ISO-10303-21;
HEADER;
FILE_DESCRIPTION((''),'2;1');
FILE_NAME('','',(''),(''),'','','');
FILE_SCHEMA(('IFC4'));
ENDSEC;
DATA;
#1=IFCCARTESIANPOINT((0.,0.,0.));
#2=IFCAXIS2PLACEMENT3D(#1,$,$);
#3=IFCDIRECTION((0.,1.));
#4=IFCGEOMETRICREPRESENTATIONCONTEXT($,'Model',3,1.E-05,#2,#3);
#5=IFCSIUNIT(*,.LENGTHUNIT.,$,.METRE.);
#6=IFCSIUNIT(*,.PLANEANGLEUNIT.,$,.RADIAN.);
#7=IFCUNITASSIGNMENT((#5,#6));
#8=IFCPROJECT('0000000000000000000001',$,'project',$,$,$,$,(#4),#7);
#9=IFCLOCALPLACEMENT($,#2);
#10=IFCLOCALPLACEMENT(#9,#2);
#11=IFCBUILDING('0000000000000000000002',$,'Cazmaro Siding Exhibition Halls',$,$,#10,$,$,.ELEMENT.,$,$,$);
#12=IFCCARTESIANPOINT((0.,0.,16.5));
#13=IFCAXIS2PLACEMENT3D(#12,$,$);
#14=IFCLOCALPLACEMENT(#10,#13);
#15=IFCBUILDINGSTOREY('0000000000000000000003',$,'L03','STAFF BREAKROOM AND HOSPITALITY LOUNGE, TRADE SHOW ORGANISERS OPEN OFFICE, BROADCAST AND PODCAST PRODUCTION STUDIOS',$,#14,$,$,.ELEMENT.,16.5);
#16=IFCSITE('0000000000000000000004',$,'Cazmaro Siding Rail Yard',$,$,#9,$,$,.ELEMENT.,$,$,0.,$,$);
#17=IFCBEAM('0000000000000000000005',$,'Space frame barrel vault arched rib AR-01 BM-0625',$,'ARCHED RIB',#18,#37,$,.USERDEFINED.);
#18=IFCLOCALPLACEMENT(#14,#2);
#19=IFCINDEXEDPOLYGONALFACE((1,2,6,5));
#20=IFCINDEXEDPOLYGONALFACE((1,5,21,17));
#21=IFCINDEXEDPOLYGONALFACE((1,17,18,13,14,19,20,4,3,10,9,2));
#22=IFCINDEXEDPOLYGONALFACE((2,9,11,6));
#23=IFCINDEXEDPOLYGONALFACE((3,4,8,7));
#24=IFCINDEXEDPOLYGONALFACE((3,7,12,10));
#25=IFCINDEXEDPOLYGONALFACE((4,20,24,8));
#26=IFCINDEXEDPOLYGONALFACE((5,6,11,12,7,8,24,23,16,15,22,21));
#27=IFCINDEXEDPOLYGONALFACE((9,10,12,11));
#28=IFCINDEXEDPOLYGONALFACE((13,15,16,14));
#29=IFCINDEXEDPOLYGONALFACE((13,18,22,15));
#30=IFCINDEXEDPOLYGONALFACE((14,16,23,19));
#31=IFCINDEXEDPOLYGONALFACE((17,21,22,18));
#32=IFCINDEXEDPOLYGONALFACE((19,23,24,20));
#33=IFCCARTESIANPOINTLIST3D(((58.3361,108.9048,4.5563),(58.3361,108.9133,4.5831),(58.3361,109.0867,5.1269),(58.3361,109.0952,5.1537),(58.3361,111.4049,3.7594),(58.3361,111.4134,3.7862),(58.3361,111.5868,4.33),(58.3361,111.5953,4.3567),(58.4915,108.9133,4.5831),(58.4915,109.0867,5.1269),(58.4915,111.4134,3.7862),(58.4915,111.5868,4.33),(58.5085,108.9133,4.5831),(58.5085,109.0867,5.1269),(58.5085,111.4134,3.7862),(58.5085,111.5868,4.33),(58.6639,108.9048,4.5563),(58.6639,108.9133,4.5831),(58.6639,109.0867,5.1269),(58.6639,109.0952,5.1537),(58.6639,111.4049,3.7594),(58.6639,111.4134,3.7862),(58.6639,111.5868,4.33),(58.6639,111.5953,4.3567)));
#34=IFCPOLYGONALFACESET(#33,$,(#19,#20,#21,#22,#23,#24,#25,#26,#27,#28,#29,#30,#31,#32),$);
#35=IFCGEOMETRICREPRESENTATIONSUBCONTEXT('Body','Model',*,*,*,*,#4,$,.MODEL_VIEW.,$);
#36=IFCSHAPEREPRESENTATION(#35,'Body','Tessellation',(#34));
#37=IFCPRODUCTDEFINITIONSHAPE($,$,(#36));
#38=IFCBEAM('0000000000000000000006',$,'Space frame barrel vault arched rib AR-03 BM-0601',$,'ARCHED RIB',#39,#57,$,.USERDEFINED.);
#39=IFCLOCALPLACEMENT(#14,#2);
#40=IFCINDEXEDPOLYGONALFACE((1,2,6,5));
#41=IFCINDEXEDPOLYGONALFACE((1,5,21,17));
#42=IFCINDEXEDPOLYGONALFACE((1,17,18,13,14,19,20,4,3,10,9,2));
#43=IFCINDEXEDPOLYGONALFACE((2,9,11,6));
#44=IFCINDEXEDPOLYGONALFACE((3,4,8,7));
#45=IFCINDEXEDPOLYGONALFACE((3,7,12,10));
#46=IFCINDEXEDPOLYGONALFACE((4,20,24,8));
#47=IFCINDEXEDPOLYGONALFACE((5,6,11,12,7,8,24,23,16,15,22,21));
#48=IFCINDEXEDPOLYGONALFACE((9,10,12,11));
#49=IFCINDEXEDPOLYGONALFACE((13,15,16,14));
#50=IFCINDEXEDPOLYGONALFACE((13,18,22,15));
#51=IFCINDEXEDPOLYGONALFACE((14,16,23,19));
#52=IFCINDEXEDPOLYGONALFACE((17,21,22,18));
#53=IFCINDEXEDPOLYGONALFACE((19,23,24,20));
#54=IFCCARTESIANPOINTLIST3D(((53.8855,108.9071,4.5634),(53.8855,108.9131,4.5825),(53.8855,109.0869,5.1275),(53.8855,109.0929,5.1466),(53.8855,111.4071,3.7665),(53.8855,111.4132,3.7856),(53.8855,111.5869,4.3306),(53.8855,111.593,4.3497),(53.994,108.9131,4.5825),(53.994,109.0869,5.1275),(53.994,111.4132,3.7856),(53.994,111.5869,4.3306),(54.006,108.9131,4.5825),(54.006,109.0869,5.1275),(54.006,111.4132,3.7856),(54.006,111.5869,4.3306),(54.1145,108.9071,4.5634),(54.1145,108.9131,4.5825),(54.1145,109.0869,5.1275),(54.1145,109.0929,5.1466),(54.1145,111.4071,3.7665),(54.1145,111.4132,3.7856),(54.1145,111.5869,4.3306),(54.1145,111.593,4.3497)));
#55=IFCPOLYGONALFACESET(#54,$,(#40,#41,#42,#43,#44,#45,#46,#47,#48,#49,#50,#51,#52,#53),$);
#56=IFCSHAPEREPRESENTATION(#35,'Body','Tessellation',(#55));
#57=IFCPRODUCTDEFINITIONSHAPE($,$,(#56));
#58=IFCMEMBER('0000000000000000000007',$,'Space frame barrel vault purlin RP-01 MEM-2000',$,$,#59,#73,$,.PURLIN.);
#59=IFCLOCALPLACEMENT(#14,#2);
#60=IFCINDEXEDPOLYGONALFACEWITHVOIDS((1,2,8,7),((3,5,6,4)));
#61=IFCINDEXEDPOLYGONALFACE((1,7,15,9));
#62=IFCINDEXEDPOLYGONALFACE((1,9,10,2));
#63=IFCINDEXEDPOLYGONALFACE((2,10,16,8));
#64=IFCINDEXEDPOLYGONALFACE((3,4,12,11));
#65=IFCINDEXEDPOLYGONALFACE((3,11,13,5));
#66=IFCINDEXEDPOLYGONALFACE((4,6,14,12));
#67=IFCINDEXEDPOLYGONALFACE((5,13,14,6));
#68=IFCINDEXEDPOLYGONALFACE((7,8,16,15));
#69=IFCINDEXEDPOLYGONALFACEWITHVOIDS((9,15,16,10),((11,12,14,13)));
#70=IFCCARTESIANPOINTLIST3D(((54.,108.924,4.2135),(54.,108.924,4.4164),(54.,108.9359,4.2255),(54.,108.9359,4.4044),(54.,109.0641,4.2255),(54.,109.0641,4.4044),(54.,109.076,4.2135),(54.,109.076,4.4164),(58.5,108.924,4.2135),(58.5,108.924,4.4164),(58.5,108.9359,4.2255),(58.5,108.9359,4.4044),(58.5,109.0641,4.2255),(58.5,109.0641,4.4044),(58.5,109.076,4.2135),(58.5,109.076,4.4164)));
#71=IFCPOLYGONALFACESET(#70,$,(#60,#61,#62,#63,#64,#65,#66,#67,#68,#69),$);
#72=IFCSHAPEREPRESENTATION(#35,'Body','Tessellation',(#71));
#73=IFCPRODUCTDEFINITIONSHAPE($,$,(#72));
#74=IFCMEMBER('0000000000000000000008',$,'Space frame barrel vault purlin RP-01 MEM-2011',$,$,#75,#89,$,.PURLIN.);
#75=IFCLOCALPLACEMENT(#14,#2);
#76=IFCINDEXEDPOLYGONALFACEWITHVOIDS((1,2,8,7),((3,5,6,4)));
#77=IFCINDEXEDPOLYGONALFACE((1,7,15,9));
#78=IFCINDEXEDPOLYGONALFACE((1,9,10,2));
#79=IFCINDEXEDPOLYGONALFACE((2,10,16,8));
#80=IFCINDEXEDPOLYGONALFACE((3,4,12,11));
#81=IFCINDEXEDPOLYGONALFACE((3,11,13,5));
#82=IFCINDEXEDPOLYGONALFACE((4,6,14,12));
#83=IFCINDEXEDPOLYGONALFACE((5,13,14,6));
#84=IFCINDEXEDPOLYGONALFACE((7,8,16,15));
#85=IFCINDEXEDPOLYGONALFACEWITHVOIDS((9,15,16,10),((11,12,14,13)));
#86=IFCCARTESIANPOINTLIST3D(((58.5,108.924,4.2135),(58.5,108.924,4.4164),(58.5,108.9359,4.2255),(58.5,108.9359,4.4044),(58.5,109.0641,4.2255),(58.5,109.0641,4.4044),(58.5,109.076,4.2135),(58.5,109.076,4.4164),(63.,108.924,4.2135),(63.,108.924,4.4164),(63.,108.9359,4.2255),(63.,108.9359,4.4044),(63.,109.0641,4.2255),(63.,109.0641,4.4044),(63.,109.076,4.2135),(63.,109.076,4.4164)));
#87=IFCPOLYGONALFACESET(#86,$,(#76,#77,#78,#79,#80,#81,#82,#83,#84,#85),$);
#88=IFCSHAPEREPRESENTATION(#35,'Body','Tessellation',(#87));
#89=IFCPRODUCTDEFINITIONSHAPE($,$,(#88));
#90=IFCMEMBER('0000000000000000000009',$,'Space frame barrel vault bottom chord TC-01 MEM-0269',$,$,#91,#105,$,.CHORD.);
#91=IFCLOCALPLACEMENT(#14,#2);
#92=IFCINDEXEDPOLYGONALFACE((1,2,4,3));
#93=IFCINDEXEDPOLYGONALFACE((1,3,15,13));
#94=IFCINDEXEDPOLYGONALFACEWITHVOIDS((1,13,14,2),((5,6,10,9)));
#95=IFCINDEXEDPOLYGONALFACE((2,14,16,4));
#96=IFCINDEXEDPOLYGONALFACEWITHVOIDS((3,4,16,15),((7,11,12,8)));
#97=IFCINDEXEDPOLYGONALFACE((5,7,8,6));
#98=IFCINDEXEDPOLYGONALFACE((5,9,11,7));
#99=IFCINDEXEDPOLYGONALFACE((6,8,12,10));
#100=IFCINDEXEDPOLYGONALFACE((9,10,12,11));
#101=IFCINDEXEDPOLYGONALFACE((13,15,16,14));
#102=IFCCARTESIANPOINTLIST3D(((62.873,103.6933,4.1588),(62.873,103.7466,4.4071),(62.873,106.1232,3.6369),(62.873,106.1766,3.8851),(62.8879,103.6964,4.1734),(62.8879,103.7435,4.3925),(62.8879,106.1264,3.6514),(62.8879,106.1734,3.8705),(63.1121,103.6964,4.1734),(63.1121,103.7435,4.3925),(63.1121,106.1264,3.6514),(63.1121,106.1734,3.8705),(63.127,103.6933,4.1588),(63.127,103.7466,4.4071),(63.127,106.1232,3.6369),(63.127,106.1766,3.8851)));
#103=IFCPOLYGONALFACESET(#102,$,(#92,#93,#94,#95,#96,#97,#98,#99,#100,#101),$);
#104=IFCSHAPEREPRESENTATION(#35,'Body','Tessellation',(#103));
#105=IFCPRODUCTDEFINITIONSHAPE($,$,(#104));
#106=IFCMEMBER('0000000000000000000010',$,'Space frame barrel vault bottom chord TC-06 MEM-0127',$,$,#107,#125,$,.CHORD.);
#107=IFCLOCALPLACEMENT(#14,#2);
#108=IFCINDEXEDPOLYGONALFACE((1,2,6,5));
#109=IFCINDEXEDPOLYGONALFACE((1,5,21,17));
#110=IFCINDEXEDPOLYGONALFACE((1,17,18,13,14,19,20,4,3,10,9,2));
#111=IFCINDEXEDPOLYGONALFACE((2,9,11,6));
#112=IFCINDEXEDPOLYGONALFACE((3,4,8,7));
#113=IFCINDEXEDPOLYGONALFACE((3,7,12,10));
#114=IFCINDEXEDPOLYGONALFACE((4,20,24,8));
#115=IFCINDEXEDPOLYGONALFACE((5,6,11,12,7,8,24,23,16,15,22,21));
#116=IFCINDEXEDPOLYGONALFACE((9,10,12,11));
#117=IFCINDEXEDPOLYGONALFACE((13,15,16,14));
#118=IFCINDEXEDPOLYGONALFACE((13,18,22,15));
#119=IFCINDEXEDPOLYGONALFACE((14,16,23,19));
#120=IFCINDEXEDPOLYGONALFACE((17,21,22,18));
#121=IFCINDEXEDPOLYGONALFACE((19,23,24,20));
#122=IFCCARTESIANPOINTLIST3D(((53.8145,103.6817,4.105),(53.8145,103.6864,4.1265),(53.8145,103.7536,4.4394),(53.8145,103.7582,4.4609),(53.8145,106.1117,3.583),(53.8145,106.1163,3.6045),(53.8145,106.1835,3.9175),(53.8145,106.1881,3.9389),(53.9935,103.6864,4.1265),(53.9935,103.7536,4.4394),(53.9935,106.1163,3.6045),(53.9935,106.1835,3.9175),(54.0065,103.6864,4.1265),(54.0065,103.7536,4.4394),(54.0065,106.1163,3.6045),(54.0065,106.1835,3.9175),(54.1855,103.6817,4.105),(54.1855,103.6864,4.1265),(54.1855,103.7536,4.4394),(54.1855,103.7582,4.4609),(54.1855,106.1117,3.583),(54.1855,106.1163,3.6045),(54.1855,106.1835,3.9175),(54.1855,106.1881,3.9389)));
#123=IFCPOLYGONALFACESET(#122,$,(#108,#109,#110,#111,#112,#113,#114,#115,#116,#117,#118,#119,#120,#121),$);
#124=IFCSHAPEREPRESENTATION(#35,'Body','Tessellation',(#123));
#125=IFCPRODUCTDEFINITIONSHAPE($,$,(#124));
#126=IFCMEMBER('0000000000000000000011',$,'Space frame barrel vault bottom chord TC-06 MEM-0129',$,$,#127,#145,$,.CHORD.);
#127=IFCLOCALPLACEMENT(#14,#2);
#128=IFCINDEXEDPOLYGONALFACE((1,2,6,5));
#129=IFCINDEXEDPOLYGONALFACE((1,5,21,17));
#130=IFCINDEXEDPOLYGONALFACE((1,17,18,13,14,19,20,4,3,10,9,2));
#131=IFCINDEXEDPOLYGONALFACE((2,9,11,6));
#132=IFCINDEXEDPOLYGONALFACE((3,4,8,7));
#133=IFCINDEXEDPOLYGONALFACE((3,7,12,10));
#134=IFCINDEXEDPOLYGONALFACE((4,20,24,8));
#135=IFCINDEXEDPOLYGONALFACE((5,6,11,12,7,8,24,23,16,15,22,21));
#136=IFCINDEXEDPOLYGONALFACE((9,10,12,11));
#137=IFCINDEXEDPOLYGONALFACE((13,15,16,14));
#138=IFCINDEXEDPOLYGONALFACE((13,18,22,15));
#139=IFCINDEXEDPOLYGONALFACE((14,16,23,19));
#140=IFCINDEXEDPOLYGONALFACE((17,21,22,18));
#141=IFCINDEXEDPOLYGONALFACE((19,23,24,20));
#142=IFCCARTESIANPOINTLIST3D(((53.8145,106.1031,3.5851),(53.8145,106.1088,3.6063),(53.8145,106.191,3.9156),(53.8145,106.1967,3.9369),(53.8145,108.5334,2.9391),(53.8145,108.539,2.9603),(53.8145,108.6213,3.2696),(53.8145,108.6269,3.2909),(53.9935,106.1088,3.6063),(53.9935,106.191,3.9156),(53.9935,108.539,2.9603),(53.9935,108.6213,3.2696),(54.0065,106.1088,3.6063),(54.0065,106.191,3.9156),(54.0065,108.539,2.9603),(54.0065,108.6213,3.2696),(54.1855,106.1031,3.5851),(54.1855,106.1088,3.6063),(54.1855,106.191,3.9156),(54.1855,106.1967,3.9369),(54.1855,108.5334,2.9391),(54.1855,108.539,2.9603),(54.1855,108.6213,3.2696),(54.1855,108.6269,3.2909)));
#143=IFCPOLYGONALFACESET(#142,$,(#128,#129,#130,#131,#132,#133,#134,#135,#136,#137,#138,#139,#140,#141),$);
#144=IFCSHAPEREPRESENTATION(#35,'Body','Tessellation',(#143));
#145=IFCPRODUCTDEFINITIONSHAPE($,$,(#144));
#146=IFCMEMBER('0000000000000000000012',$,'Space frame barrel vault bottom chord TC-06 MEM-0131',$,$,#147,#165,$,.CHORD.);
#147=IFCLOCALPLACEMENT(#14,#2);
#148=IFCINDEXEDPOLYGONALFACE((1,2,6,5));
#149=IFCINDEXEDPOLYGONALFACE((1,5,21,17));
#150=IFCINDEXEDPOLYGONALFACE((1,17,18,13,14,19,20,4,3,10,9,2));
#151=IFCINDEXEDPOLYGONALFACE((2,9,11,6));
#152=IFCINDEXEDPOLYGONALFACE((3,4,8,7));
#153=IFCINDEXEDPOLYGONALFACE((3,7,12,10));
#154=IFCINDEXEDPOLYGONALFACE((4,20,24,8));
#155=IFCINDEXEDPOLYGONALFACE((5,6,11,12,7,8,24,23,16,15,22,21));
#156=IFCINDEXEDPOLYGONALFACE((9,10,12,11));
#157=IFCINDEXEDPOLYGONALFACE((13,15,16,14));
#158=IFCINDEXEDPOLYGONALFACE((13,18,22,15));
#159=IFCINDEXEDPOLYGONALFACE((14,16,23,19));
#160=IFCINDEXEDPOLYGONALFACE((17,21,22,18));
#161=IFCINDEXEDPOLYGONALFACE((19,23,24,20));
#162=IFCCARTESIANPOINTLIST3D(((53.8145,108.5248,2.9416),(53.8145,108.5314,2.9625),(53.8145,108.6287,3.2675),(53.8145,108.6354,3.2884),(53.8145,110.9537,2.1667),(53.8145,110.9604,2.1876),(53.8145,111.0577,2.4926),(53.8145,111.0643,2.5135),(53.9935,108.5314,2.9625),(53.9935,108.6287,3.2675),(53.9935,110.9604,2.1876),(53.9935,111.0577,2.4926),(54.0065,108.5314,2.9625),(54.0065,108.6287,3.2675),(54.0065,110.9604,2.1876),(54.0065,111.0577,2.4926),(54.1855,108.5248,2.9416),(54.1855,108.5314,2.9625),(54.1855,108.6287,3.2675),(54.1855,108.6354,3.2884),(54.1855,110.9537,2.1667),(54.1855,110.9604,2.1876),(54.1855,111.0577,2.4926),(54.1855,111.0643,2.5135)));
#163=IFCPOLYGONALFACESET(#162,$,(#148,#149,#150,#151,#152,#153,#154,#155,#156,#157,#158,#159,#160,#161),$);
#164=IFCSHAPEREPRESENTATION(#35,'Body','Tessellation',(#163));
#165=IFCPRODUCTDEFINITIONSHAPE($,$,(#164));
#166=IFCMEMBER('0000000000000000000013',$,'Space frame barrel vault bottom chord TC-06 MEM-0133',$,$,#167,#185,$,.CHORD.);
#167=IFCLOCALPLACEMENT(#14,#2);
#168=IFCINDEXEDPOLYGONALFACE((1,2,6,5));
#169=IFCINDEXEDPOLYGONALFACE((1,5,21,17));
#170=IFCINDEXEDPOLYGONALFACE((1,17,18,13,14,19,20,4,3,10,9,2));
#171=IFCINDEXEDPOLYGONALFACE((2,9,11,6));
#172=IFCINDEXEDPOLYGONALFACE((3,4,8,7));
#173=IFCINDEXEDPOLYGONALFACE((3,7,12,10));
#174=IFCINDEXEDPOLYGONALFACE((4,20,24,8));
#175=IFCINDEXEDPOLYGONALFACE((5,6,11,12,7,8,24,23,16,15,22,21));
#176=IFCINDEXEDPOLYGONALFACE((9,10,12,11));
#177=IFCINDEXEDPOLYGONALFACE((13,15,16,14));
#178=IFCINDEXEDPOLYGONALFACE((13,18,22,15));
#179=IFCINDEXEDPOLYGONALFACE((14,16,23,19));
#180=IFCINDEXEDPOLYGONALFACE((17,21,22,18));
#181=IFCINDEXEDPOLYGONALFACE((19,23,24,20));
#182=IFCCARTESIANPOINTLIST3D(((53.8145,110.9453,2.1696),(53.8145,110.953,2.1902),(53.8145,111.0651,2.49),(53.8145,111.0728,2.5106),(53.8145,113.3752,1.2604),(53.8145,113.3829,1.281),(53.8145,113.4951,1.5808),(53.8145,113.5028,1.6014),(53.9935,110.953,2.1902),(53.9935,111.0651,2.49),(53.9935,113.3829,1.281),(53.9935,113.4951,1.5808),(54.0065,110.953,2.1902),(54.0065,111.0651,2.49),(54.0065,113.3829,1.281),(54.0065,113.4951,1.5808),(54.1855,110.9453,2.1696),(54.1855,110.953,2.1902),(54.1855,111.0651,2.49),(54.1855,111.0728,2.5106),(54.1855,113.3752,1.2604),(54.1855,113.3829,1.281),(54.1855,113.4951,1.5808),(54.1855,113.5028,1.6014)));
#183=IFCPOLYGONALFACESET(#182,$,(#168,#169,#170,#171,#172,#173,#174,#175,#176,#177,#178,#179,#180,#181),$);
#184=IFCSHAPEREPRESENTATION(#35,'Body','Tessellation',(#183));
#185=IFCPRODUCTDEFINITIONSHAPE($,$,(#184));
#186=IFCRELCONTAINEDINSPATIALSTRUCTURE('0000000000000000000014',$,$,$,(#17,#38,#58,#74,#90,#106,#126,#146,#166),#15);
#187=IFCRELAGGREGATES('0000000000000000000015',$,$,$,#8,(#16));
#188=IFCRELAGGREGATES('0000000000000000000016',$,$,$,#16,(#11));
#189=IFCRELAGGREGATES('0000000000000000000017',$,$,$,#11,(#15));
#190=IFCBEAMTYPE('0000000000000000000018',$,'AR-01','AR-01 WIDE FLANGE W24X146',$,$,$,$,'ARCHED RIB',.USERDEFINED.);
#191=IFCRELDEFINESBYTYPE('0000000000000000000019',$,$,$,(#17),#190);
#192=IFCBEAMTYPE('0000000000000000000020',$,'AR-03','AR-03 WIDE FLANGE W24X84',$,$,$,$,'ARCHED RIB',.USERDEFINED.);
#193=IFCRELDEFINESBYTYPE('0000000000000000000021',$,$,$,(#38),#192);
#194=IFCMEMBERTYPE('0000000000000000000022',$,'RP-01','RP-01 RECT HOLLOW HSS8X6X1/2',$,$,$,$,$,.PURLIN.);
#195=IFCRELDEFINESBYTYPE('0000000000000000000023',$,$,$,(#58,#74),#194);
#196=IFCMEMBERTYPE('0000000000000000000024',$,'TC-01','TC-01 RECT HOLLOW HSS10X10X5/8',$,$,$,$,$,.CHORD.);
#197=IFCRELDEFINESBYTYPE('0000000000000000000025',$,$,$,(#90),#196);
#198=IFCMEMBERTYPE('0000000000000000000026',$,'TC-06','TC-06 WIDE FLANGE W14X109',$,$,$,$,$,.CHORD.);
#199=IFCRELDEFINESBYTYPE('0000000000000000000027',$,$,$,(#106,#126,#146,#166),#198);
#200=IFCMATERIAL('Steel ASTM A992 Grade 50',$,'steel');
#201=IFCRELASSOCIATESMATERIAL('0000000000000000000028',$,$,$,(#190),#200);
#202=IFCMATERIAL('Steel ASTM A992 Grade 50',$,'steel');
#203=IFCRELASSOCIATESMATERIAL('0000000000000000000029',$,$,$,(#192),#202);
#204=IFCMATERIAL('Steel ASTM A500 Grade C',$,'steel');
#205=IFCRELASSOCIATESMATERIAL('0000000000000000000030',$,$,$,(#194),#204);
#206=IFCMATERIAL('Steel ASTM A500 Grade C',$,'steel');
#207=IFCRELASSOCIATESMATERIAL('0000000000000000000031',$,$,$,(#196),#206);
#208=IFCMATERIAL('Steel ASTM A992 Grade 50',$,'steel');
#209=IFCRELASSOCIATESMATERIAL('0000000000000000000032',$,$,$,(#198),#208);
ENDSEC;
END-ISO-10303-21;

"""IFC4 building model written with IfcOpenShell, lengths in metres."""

from ifc_helpers import new_model, si_unit, direction, frame, origin, origin_2d, place, context, subcontext, project, spatial, hollow_rectangle, i_section, extrude, material, material_profile, profile_set, type_object, element, save


model = new_model("IFC4")

# Units and contexts
model_context = context("Model", 3, precision=1e-05, world=origin(), true_north=direction((0.0, 1.0)))
body_context = subcontext(model_context, "Body", "Model", "MODEL_VIEW")
ifc_project = project(units=[si_unit("LENGTHUNIT", "METRE"), si_unit("PLANEANGLEUNIT", "RADIAN")], contexts=[model_context])

# Site, building, storey
site_placement = place(None, origin())
site = spatial("IfcSite", under=ifc_project, at=site_placement, Name="Cazmaro Siding Rail Yard", CompositionType="ELEMENT", RefElevation=0.0)
building_placement = place(site_placement, origin())
building = spatial("IfcBuilding", under=site, at=building_placement, Name="Cazmaro Siding Exhibition Halls", CompositionType="ELEMENT")
storey_placement = place(building_placement, frame((0.0, 0.0, 16.5)))
storey = spatial("IfcBuildingStorey", under=building, at=storey_placement, Name="L03", Description="STAFF BREAKROOM AND HOSPITALITY LOUNGE, TRADE SHOW ORGANISERS OPEN OFFICE, BROADCAST AND PODCAST PRODUCTION STUDIOS", CompositionType="ELEMENT", Elevation=16.5)

# Beams
ifc_material_1 = material(Name="Steel ASTM A992 Grade 50", Category="steel")
ifc_material_profile_1 = material_profile(ifc_material_1, i_section(OverallWidth=0.3279, OverallDepth=0.627, WebThickness=0.0171, FlangeThickness=0.0281, at=origin_2d()), Name="W24X146")
ifc_profile_set_1 = profile_set([ifc_material_profile_1], Name="Steel ASTM A992 Grade 50")
beam_type_1 = type_object("IfcBeamType", Name="AR-01", Description="AR-01 WIDE FLANGE W24X146", ElementType="ARCHED RIB", PredefinedType="USERDEFINED", material=ifc_profile_set_1)
beam_1_placement = place(storey_placement, frame((58.5, 109.0, 4.855), z_axis=(0.0, 0.952769, -0.303695), x_axis=(-1.0, 0.0, 0.0)))
element("IfcBeam", 1, at=beam_1_placement, inside=storey, type_object=beam_type_1, Name="Space frame barrel vault arched rib AR-01 BM-0625", ObjectType="ARCHED RIB", PredefinedType="USERDEFINED", context=body_context, shape_type="SweptSolid", body=[
    extrude(i_section(OverallWidth=0.3279, OverallDepth=0.627, WebThickness=0.0171, FlangeThickness=0.0281, at=origin_2d()), origin(), (0.0, 0.0, 1.0), 2.624),
])
ifc_material_2 = material(Name="Steel ASTM A992 Grade 50", Category="steel")
ifc_material_profile_2 = material_profile(ifc_material_2, i_section(OverallWidth=0.229, OverallDepth=0.6121, WebThickness=0.012, FlangeThickness=0.02, at=origin_2d()), Name="W24X84")
ifc_profile_set_2 = profile_set([ifc_material_profile_2], Name="Steel ASTM A992 Grade 50")
beam_type_2 = type_object("IfcBeamType", Name="AR-03", Description="AR-03 WIDE FLANGE W24X84", ElementType="ARCHED RIB", PredefinedType="USERDEFINED", material=ifc_profile_set_2)
beam_2_placement = place(storey_placement, frame((54.0, 109.0, 4.855), z_axis=(0.0, 0.952769, -0.303695), x_axis=(-1.0, 0.0, 0.0)))
element("IfcBeam", 2, at=beam_2_placement, inside=storey, type_object=beam_type_2, Name="Space frame barrel vault arched rib AR-03 BM-0601", ObjectType="ARCHED RIB", PredefinedType="USERDEFINED", context=body_context, shape_type="SweptSolid", body=[
    extrude(i_section(OverallWidth=0.229, OverallDepth=0.6121, WebThickness=0.012, FlangeThickness=0.02, at=origin_2d()), origin(), (0.0, 0.0, 1.0), 2.624),
])

# Members
ifc_material_3 = material(Name="Steel ASTM A500 Grade C", Category="steel")
ifc_material_profile_3 = material_profile(ifc_material_3, hollow_rectangle(XDim=0.1521, YDim=0.2029, WallThickness=0.012, at=origin_2d()), Name="HSS8X6X1/2")
ifc_profile_set_3 = profile_set([ifc_material_profile_3], Name="Steel ASTM A500 Grade C")
member_type_1 = type_object("IfcMemberType", Name="RP-01", Description="RP-01 RECT HOLLOW HSS8X6X1/2", PredefinedType="PURLIN", material=ifc_profile_set_3)
for number, where, z_axis, x_axis, name in (
    (3, (54.0, 109.0, 4.3149), (1.0, 0.0, 0.0), (0.0, 1.0, 0.0), "Space frame barrel vault purlin RP-01 MEM-2000"),
    (4, (58.5, 109.0, 4.3149), (1.0, 0.0, 0.0), (0.0, 1.0, 0.0), "Space frame barrel vault purlin RP-01 MEM-2011"),
):
    element("IfcMember", number, at=place(storey_placement, frame(where, z_axis=z_axis, x_axis=x_axis)), inside=storey, type_object=member_type_1, Name=name, PredefinedType="PURLIN", context=body_context, shape_type="SweptSolid", body=[
        extrude(hollow_rectangle(XDim=0.1521, YDim=0.2029, WallThickness=0.012, at=origin_2d()), origin(), (0.0, 0.0, 1.0), 4.5),
    ])
ifc_material_4 = material(Name="Steel ASTM A500 Grade C", Category="steel")
ifc_material_profile_4 = material_profile(ifc_material_4, hollow_rectangle(XDim=0.2539, YDim=0.2539, WallThickness=0.0149, at=origin_2d()), Name="HSS10X10X5/8")
ifc_profile_set_4 = profile_set([ifc_material_profile_4], Name="Steel ASTM A500 Grade C")
member_type_2 = type_object("IfcMemberType", Name="TC-01", Description="TC-01 RECT HOLLOW HSS10X10X5/8", PredefinedType="CHORD", material=ifc_profile_set_4)
member_1_placement = place(storey_placement, frame((63.0, 103.72, 4.283), z_axis=(0.0, 0.977697, -0.210019), x_axis=(-1.0, 0.0, 0.0)))
element("IfcMember", 5, at=member_1_placement, inside=storey, type_object=member_type_2, Name="Space frame barrel vault bottom chord TC-01 MEM-0269", PredefinedType="CHORD", context=body_context, shape_type="SweptSolid", body=[
    extrude(hollow_rectangle(XDim=0.2539, YDim=0.2539, WallThickness=0.0149, at=origin_2d()), origin(), (0.0, 0.0, 1.0), 2.4854),
])
ifc_material_5 = material(Name="Steel ASTM A992 Grade 50", Category="steel")
ifc_material_profile_5 = material_profile(ifc_material_5, i_section(OverallWidth=0.3711, OverallDepth=0.364, WebThickness=0.0129, FlangeThickness=0.022, at=origin_2d()), Name="W14X109")
ifc_profile_set_5 = profile_set([ifc_material_profile_5], Name="Steel ASTM A992 Grade 50")
member_type_3 = type_object("IfcMemberType", Name="TC-06", Description="TC-06 WIDE FLANGE W14X109", PredefinedType="CHORD", material=ifc_profile_set_5)
member_2_placement = place(storey_placement, frame((54.0, 103.72, 4.283), z_axis=(0.0, 0.977697, -0.210019), x_axis=(-1.0, 0.0, 0.0)))
element("IfcMember", 6, at=member_2_placement, inside=storey, type_object=member_type_3, Name="Space frame barrel vault bottom chord TC-06 MEM-0127", PredefinedType="CHORD", context=body_context, shape_type="SweptSolid", body=[
    extrude(i_section(OverallWidth=0.3711, OverallDepth=0.364, WebThickness=0.0129, FlangeThickness=0.022, at=origin_2d()), origin(), (0.0, 0.0, 1.0), 2.4854),
])
member_3_placement = place(storey_placement, frame((54.0, 106.1499, 3.761), z_axis=(0.0, 0.966438, -0.256901), x_axis=(-1.0, 0.0, 0.0)))
element("IfcMember", 7, at=member_3_placement, inside=storey, type_object=member_type_3, Name="Space frame barrel vault bottom chord TC-06 MEM-0129", PredefinedType="CHORD", context=body_context, shape_type="SweptSolid", body=[
    extrude(i_section(OverallWidth=0.3711, OverallDepth=0.364, WebThickness=0.0129, FlangeThickness=0.022, at=origin_2d()), origin(), (0.0, 0.0, 1.0), 2.5146),
])
member_4_placement = place(storey_placement, frame((54.0, 108.5801, 3.115), z_axis=(0.0, 0.952693, -0.303935), x_axis=(-1.0, 0.0, 0.0)))
element("IfcMember", 8, at=member_4_placement, inside=storey, type_object=member_type_3, Name="Space frame barrel vault bottom chord TC-06 MEM-0131", PredefinedType="CHORD", context=body_context, shape_type="SweptSolid", body=[
    extrude(i_section(OverallWidth=0.3711, OverallDepth=0.364, WebThickness=0.0129, FlangeThickness=0.022, at=origin_2d()), origin(), (0.0, 0.0, 1.0), 2.5496),
])
member_5_placement = place(storey_placement, frame((54.0, 111.009, 2.3401), z_axis=(0.0, 0.936588, -0.350432), x_axis=(-1.0, 0.0, 0.0)))
element("IfcMember", 9, at=member_5_placement, inside=storey, type_object=member_type_3, Name="Space frame barrel vault bottom chord TC-06 MEM-0133", PredefinedType="CHORD", context=body_context, shape_type="SweptSolid", body=[
    extrude(i_section(OverallWidth=0.3711, OverallDepth=0.364, WebThickness=0.0129, FlangeThickness=0.022, at=origin_2d()), origin(), (0.0, 0.0, 1.0), 2.5945),
])

save(model, "model.ifc")
